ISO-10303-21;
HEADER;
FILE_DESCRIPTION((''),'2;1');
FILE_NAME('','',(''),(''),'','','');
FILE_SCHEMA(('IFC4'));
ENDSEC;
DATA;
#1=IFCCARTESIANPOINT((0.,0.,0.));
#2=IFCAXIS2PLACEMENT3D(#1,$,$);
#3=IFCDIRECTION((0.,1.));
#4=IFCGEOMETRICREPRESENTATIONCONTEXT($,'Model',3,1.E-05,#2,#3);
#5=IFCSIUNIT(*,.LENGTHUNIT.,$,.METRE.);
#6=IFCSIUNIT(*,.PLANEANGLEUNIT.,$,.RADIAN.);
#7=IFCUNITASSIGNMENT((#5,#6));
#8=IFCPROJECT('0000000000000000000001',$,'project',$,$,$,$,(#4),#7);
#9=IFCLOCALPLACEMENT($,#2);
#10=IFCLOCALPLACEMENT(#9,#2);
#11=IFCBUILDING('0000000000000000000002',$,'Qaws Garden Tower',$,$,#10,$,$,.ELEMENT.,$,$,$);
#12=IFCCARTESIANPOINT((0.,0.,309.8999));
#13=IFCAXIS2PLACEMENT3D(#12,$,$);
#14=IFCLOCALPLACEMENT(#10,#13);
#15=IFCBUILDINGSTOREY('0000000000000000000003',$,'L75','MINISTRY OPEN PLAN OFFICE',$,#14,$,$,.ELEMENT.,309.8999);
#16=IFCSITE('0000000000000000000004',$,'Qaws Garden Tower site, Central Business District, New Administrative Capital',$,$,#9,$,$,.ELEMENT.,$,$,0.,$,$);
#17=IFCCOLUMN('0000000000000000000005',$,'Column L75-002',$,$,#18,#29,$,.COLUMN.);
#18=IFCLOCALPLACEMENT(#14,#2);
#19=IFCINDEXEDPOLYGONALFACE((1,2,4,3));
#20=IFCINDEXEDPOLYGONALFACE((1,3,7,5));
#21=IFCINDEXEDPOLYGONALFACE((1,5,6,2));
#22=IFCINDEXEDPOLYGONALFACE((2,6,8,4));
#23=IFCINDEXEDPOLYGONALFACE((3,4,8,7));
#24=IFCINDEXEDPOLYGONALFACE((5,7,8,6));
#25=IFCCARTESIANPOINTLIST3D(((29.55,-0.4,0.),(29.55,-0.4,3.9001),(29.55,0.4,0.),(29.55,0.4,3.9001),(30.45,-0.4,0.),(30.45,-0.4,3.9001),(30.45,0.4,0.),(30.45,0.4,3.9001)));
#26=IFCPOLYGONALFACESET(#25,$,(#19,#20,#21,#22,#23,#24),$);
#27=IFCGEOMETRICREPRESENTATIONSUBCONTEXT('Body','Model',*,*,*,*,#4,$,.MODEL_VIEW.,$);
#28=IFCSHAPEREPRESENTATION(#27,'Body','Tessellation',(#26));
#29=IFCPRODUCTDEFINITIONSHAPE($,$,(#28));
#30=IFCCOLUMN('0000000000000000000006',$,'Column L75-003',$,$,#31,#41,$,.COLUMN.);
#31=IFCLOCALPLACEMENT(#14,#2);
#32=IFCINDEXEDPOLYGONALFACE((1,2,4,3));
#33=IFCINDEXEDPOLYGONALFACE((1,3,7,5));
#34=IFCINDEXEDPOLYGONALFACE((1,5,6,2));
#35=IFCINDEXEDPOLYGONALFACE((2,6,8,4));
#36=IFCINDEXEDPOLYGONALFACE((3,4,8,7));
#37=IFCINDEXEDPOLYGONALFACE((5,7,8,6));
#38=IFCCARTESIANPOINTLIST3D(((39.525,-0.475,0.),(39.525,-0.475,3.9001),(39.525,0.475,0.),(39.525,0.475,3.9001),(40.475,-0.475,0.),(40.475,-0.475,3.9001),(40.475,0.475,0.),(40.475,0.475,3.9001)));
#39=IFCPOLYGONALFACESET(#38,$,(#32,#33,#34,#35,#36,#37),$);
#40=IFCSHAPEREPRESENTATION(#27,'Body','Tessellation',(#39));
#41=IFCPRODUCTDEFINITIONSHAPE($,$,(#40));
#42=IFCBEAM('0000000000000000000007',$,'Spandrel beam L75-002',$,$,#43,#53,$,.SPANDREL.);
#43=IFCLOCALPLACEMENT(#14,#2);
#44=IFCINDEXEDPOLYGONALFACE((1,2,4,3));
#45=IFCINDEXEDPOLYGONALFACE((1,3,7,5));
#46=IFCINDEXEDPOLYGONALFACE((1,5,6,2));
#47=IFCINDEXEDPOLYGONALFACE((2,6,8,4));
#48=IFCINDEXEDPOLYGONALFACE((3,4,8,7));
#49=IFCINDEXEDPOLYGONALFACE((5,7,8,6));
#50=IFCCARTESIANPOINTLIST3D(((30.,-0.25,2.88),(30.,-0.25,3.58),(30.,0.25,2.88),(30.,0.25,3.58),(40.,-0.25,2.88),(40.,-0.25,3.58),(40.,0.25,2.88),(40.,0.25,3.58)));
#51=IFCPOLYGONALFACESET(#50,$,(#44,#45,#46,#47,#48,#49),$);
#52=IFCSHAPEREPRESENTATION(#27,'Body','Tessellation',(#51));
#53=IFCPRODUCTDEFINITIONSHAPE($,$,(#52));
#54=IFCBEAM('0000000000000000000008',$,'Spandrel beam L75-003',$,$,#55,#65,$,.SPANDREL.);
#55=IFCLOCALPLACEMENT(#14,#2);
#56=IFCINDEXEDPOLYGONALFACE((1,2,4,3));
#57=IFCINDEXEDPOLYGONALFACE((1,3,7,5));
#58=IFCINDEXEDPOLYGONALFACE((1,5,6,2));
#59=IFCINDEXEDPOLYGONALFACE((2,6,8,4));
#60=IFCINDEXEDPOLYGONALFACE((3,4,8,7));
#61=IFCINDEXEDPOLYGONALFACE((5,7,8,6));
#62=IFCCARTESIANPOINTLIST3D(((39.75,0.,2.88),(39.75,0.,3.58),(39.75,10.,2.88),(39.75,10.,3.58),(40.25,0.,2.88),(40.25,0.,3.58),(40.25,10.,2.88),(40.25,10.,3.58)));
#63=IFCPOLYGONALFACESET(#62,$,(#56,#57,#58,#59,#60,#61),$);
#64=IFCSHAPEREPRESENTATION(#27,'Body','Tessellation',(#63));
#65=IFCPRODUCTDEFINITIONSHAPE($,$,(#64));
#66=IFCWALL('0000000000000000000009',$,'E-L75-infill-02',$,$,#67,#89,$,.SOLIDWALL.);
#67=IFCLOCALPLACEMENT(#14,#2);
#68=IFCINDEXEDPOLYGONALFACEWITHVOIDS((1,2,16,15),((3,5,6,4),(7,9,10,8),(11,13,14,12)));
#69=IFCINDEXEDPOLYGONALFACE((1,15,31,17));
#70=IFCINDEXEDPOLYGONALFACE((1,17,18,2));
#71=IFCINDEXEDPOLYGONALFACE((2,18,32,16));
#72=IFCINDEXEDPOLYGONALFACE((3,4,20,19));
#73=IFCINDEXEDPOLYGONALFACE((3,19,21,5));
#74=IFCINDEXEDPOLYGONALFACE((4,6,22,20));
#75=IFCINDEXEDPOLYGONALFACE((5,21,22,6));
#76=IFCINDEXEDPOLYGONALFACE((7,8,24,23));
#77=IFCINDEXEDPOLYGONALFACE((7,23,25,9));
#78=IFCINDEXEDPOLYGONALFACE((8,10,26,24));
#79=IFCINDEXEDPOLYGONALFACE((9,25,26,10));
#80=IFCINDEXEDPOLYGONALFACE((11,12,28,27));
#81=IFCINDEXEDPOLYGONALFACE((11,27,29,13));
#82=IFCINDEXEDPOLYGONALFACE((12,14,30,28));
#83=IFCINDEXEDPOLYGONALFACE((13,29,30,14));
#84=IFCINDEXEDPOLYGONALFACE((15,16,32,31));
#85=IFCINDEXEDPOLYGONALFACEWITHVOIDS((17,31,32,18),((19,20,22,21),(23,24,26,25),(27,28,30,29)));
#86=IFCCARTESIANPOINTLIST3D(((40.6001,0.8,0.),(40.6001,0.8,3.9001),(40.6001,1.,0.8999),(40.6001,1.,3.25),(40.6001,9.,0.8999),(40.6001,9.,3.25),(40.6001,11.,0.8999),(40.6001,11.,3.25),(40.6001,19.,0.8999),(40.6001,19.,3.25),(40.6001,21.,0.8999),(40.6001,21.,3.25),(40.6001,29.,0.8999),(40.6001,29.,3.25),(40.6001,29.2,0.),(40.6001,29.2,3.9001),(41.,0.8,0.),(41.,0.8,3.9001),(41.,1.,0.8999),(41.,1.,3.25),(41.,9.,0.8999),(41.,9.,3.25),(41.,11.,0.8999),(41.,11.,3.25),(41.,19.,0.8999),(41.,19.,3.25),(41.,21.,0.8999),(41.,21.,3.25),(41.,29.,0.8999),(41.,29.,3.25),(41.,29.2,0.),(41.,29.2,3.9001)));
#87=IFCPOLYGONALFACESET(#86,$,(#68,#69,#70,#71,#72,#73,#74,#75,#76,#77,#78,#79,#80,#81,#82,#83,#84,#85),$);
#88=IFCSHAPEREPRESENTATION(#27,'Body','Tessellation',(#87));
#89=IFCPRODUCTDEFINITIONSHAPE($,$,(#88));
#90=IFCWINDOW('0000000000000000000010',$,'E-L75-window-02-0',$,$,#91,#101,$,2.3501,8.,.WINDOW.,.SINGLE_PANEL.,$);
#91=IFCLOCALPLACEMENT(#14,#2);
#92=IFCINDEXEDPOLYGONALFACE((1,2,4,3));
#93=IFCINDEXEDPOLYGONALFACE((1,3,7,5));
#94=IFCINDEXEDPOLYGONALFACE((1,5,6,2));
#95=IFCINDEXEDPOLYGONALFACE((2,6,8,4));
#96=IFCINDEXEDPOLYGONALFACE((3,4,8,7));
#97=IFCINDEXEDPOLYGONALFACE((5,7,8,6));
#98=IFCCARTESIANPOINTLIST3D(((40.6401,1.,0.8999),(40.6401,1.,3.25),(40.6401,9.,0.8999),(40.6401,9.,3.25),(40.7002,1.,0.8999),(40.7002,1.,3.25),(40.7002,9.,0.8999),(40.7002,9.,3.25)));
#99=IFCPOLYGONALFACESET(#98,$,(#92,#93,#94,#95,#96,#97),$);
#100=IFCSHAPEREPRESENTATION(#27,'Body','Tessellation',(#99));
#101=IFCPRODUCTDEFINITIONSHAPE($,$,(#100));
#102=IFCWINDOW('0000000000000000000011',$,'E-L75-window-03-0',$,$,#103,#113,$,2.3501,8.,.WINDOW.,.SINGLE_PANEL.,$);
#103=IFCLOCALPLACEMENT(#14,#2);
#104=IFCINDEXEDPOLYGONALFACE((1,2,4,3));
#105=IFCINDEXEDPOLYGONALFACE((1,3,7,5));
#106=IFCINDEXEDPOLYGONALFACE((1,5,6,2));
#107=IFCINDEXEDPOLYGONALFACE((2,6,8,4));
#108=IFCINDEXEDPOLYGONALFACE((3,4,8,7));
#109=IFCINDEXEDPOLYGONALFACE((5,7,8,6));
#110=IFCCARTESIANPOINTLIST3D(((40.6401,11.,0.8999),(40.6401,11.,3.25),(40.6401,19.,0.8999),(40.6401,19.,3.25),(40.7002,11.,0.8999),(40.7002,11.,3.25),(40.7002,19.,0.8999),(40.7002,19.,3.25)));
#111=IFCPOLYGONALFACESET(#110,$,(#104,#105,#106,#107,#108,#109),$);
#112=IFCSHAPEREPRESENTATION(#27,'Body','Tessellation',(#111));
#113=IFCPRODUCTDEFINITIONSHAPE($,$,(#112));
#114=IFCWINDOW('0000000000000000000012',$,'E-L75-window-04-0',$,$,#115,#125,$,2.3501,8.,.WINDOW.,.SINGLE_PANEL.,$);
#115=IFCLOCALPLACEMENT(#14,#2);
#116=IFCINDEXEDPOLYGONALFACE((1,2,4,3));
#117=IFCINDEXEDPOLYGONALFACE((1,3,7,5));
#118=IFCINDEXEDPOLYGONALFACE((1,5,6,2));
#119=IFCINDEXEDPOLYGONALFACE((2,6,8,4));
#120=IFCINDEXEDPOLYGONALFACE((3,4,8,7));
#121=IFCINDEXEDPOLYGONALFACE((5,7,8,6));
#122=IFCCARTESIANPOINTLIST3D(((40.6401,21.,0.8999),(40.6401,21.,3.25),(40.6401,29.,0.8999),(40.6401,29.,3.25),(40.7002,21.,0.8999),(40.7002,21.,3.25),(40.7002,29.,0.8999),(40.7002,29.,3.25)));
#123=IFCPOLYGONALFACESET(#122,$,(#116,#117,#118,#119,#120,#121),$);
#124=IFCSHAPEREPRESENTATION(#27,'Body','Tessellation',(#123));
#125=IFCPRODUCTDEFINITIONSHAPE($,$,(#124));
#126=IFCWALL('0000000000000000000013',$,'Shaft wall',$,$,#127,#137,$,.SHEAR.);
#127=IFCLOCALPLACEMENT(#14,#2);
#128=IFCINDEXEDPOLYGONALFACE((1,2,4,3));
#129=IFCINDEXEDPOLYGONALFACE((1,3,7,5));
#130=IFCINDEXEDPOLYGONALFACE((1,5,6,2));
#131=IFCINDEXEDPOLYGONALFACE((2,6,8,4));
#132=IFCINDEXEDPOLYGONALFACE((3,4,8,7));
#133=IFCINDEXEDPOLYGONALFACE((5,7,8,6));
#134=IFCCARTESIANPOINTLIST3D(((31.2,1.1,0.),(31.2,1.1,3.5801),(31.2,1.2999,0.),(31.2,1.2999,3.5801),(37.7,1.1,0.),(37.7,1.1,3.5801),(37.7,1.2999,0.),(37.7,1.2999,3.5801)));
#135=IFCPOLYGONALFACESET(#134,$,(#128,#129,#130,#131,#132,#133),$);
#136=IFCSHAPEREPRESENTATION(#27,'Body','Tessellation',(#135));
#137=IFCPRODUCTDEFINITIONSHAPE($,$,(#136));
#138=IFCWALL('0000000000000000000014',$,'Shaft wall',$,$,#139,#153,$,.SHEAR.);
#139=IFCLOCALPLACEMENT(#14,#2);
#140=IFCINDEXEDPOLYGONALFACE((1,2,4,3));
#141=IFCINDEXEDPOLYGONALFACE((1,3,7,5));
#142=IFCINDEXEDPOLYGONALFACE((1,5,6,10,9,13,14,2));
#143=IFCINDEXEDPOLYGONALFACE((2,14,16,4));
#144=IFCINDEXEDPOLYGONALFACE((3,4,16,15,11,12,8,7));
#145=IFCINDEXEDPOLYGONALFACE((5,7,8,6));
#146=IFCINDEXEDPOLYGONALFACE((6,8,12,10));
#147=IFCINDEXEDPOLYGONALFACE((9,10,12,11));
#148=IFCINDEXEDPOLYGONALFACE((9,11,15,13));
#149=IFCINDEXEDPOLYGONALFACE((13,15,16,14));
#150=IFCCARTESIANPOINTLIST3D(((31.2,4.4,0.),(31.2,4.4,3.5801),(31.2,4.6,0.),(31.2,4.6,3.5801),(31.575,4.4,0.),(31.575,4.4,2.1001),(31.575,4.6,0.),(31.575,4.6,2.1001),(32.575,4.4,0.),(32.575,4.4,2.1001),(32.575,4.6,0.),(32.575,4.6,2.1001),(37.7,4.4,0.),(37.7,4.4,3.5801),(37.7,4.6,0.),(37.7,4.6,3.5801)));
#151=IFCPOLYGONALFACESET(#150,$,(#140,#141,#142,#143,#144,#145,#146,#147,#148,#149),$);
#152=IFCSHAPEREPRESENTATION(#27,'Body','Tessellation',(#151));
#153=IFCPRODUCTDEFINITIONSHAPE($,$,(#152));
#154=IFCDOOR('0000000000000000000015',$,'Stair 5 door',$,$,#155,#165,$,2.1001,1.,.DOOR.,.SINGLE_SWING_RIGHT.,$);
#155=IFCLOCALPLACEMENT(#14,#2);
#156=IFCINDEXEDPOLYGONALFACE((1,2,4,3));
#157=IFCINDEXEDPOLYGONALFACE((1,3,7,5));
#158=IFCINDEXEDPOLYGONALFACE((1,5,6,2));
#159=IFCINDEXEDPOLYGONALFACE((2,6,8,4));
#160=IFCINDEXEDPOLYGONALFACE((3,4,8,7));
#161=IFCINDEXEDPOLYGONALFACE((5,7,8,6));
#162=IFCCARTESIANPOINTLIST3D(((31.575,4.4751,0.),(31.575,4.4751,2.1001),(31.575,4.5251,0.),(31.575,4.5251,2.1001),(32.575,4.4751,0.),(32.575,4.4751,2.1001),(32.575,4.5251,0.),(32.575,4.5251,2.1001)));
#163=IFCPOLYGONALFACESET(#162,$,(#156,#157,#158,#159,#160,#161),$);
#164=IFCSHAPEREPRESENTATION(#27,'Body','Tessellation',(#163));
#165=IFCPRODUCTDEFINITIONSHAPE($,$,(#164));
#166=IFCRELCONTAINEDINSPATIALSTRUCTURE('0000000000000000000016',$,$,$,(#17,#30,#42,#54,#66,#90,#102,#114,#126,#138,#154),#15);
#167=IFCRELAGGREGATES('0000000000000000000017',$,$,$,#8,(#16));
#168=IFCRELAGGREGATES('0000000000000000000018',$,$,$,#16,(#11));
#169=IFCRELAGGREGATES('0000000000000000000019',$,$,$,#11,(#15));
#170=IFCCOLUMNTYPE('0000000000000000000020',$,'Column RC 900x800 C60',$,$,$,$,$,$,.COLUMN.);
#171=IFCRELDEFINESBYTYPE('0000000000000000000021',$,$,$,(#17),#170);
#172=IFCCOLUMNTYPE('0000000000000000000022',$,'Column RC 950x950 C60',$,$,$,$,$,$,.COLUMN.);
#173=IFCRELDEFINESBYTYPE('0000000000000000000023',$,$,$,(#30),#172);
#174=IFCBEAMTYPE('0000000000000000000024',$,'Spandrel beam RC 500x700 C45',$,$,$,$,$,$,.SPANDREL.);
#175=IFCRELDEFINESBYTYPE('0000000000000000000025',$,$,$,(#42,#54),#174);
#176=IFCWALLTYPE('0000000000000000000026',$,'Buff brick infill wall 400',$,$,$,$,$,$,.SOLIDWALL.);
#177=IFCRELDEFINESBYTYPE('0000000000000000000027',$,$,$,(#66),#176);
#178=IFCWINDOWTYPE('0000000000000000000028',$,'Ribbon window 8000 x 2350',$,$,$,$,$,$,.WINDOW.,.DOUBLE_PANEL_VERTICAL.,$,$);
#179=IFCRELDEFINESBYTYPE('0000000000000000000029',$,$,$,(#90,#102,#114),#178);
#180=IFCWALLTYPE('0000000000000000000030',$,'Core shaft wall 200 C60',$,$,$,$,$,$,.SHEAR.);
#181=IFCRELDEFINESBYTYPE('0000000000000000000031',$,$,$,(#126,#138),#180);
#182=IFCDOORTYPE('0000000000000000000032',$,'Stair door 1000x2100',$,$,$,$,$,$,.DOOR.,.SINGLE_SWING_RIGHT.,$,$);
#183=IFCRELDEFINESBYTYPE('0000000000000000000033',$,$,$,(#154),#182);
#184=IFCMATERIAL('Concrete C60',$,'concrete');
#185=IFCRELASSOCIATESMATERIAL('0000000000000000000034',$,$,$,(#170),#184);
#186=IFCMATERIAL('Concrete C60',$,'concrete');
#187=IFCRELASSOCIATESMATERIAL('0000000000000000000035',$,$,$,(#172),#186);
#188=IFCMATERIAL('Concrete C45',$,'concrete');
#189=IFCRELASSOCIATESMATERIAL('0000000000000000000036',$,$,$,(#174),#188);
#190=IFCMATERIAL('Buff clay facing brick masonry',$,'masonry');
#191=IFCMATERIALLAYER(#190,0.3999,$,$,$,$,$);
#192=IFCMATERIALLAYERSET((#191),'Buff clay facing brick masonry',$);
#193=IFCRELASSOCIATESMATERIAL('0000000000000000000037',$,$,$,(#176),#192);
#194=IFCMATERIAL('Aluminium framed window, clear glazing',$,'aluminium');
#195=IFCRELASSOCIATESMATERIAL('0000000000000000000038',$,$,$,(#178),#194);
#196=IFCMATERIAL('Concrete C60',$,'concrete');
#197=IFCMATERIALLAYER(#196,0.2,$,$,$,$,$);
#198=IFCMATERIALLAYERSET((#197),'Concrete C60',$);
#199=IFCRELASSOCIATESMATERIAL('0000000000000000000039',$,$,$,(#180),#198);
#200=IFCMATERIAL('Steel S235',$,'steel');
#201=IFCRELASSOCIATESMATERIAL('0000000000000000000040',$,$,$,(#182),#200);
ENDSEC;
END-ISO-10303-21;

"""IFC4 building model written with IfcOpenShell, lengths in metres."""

from ifc_helpers import new_model, si_unit, direction, frame, frame_2d, origin, origin_2d, place, context, subcontext, project, spatial, rectangle, extrude, material, layer, layer_set, material_profile, profile_set, type_object, element, fill, save


model = new_model("IFC4")

# Units and contexts
model_context = context("Model", 3, precision=1e-05, world=origin(), true_north=direction((0.0, 1.0)))
body_context = subcontext(model_context, "Body", "Model", "MODEL_VIEW")
ifc_project = project(units=[si_unit("LENGTHUNIT", "METRE"), si_unit("PLANEANGLEUNIT", "RADIAN")], contexts=[model_context])

# Site, building, storey
site_placement = place(None, origin())
site = spatial("IfcSite", under=ifc_project, at=site_placement, Name="Qaws Garden Tower site, Central Business District, New Administrative Capital", CompositionType="ELEMENT", RefElevation=0.0)
building_placement = place(site_placement, origin())
building = spatial("IfcBuilding", under=site, at=building_placement, Name="Qaws Garden Tower", CompositionType="ELEMENT")
storey_placement = place(building_placement, frame((0.0, 0.0, 309.8999)))
storey = spatial("IfcBuildingStorey", under=building, at=storey_placement, Name="L75", Description="MINISTRY OPEN PLAN OFFICE", CompositionType="ELEMENT", Elevation=309.8999)

# Columns
ifc_material_1 = material(Name="Concrete C60", Category="concrete")
ifc_material_profile_1 = material_profile(ifc_material_1, rectangle(XDim=0.8999, YDim=0.8, at=origin_2d()), Name="RC 900x800")
ifc_profile_set_1 = profile_set([ifc_material_profile_1], Name="Concrete C60")
column_type_1 = type_object("IfcColumnType", Name="Column RC 900x800 C60", PredefinedType="COLUMN", material=ifc_profile_set_1)
column_1_placement = place(storey_placement, frame((30.0, 0.0, 0.0), z_axis=(0.0, 0.0, 1.0), x_axis=(1.0, 0.0, 0.0)))
element("IfcColumn", 1, at=column_1_placement, inside=storey, type_object=column_type_1, Name="Column L75-002", PredefinedType="COLUMN", context=body_context, shape_type="SweptSolid", body=[
    extrude(rectangle(XDim=0.8999, YDim=0.8, at=origin_2d()), origin(), (0.0, 0.0, 1.0), 3.9001),
])
ifc_material_2 = material(Name="Concrete C60", Category="concrete")
ifc_material_profile_2 = material_profile(ifc_material_2, rectangle(XDim=0.95, YDim=0.95, at=origin_2d()), Name="RC 950x950")
ifc_profile_set_2 = profile_set([ifc_material_profile_2], Name="Concrete C60")
column_type_2 = type_object("IfcColumnType", Name="Column RC 950x950 C60", PredefinedType="COLUMN", material=ifc_profile_set_2)
column_2_placement = place(storey_placement, frame((40.0, 0.0, 0.0), z_axis=(0.0, 0.0, 1.0), x_axis=(1.0, 0.0, 0.0)))
element("IfcColumn", 2, at=column_2_placement, inside=storey, type_object=column_type_2, Name="Column L75-003", PredefinedType="COLUMN", context=body_context, shape_type="SweptSolid", body=[
    extrude(rectangle(XDim=0.95, YDim=0.95, at=origin_2d()), origin(), (0.0, 0.0, 1.0), 3.9001),
])

# Beams
ifc_material_3 = material(Name="Concrete C45", Category="concrete")
ifc_material_profile_3 = material_profile(ifc_material_3, rectangle(XDim=0.5, YDim=0.7, at=origin_2d()), Name="RC 500x700")
ifc_profile_set_3 = profile_set([ifc_material_profile_3], Name="Concrete C45")
beam_type = type_object("IfcBeamType", Name="Spandrel beam RC 500x700 C45", PredefinedType="SPANDREL", material=ifc_profile_set_3)
for number, where, z_axis, x_axis, name in (
    (3, (30.0, 0.0, 3.23), (1.0, 0.0, 0.0), (0.0, 1.0, 0.0), "Spandrel beam L75-002"),
    (4, (40.0, 0.0, 3.23), (0.0, 1.0, 0.0), (-1.0, 0.0, 0.0), "Spandrel beam L75-003"),
):
    element("IfcBeam", number, at=place(storey_placement, frame(where, z_axis=z_axis, x_axis=x_axis)), inside=storey, type_object=beam_type, Name=name, PredefinedType="SPANDREL", context=body_context, shape_type="SweptSolid", body=[
        extrude(rectangle(XDim=0.5, YDim=0.7, at=origin_2d()), origin(), (0.0, 0.0, 1.0), 10.0),
    ])

# Wall, openings, windows
ifc_material_4 = material(Name="Buff clay facing brick masonry", Category="masonry")
ifc_layer_1 = layer(ifc_material_4, 0.3999)
ifc_layer_set_1 = layer_set([ifc_layer_1], Name="Buff clay facing brick masonry")
wall_type_1 = type_object("IfcWallType", Name="Buff brick infill wall 400", PredefinedType="SOLIDWALL", material=ifc_layer_set_1)
wall_1_placement = place(storey_placement, frame((40.8, 0.8, 0.0), z_axis=(0.0, 0.0, 1.0), x_axis=(0.0, 1.0, 0.0)))
wall_1 = element("IfcWall", 5, at=wall_1_placement, inside=storey, type_object=wall_type_1, Name="E-L75-infill-02", PredefinedType="SOLIDWALL", context=body_context, shape_type="SweptSolid", body=[
    extrude(rectangle(XDim=28.3999, YDim=0.3999, at=frame_2d((14.2, 0.0))), origin(), (0.0, 0.0, 1.0), 3.9001),
])
opening_1_placement = place(wall_1_placement, frame((0.2, 0.0, 0.8999)))
opening_1 = element("IfcOpeningElement", 6, at=opening_1_placement, cuts=wall_1, PredefinedType="OPENING", context=body_context, shape_type="SweptSolid", body=[
    extrude(rectangle(XDim=8.0, YDim=2.3501, at=frame_2d((4.0, 1.175))), frame((0.0, 0.21, 0.0), z_axis=(0.0, -1.0, 0.0), x_axis=(1.0, 0.0, 0.0)), (0.0, 0.0, 1.0), 0.4199),
])
opening_2_placement = place(wall_1_placement, frame((10.2, 0.0, 0.8999)))
opening_2 = element("IfcOpeningElement", 7, at=opening_2_placement, cuts=wall_1, PredefinedType="OPENING", context=body_context, shape_type="SweptSolid", body=[
    extrude(rectangle(XDim=8.0, YDim=2.3501, at=frame_2d((4.0, 1.175))), frame((0.0, 0.21, 0.0), z_axis=(0.0, -1.0, 0.0), x_axis=(1.0, 0.0, 0.0)), (0.0, 0.0, 1.0), 0.4199),
])
opening_3_placement = place(wall_1_placement, frame((20.2, 0.0, 0.8999)))
opening_3 = element("IfcOpeningElement", 8, at=opening_3_placement, cuts=wall_1, PredefinedType="OPENING", context=body_context, shape_type="SweptSolid", body=[
    extrude(rectangle(XDim=8.0, YDim=2.3501, at=frame_2d((4.0, 1.175))), frame((0.0, 0.21, 0.0), z_axis=(0.0, -1.0, 0.0), x_axis=(1.0, 0.0, 0.0)), (0.0, 0.0, 1.0), 0.4199),
])
ifc_material_5 = material(Name="Aluminium framed window, clear glazing", Category="aluminium")
window_type = type_object("IfcWindowType", Name="Ribbon window 8000 x 2350", PartitioningType="DOUBLE_PANEL_VERTICAL", PredefinedType="WINDOW", material=ifc_material_5)
window_1_placement = place(opening_1_placement, origin())
window_1 = element("IfcWindow", 9, at=window_1_placement, inside=storey, type_object=window_type, Name="E-L75-window-02-0", OverallHeight=2.3501, OverallWidth=8.0, PartitioningType="SINGLE_PANEL", PredefinedType="WINDOW", context=body_context, shape_type="SweptSolid", body=[
    extrude(rectangle(XDim=8.0, YDim=2.3501, at=frame_2d((4.0, 1.175))), frame((0.0, 0.1599, 0.0), z_axis=(0.0, -1.0, 0.0), x_axis=(1.0, 0.0, 0.0)), (0.0, 0.0, 1.0), 0.0601),
])
fill(opening_1, window_1)
window_2_placement = place(opening_2_placement, origin())
window_2 = element("IfcWindow", 10, at=window_2_placement, inside=storey, type_object=window_type, Name="E-L75-window-03-0", OverallHeight=2.3501, OverallWidth=8.0, PartitioningType="SINGLE_PANEL", PredefinedType="WINDOW", context=body_context, shape_type="SweptSolid", body=[
    extrude(rectangle(XDim=8.0, YDim=2.3501, at=frame_2d((4.0, 1.175))), frame((0.0, 0.1599, 0.0), z_axis=(0.0, -1.0, 0.0), x_axis=(1.0, 0.0, 0.0)), (0.0, 0.0, 1.0), 0.0601),
])
fill(opening_2, window_2)
window_3_placement = place(opening_3_placement, origin())
window_3 = element("IfcWindow", 11, at=window_3_placement, inside=storey, type_object=window_type, Name="E-L75-window-04-0", OverallHeight=2.3501, OverallWidth=8.0, PartitioningType="SINGLE_PANEL", PredefinedType="WINDOW", context=body_context, shape_type="SweptSolid", body=[
    extrude(rectangle(XDim=8.0, YDim=2.3501, at=frame_2d((4.0, 1.175))), frame((0.0, 0.1599, 0.0), z_axis=(0.0, -1.0, 0.0), x_axis=(1.0, 0.0, 0.0)), (0.0, 0.0, 1.0), 0.0601),
])
fill(opening_3, window_3)

# Wall
ifc_material_6 = material(Name="Concrete C60", Category="concrete")
ifc_layer_2 = layer(ifc_material_6, 0.2)
ifc_layer_set_2 = layer_set([ifc_layer_2], Name="Concrete C60")
wall_type_2 = type_object("IfcWallType", Name="Core shaft wall 200 C60", PredefinedType="SHEAR", material=ifc_layer_set_2)
wall_2_placement = place(storey_placement, frame((31.2, 1.2, 0.0), z_axis=(0.0, 0.0, 1.0), x_axis=(1.0, 0.0, 0.0)))
element("IfcWall", 12, at=wall_2_placement, inside=storey, type_object=wall_type_2, Name="Shaft wall", PredefinedType="SHEAR", context=body_context, shape_type="SweptSolid", body=[
    extrude(rectangle(XDim=6.5, YDim=0.2, at=frame_2d((3.25, 0.0))), origin(), (0.0, 0.0, 1.0), 3.5801),
])

# Wall, opening, door
wall_3_placement = place(storey_placement, frame((31.2, 4.5, 0.0), z_axis=(0.0, 0.0, 1.0), x_axis=(1.0, 0.0, 0.0)))
wall_3 = element("IfcWall", 13, at=wall_3_placement, inside=storey, type_object=wall_type_2, Name="Shaft wall", PredefinedType="SHEAR", context=body_context, shape_type="SweptSolid", body=[
    extrude(rectangle(XDim=6.5, YDim=0.2, at=frame_2d((3.25, 0.0))), origin(), (0.0, 0.0, 1.0), 3.5801),
])
opening_4_placement = place(wall_3_placement, frame((0.375, 0.0, 0.0)))
opening_4 = element("IfcOpeningElement", 14, at=opening_4_placement, cuts=wall_3, PredefinedType="OPENING", context=body_context, shape_type="SweptSolid", body=[
    extrude(rectangle(XDim=1.0, YDim=2.1001, at=frame_2d((0.5, 1.05))), frame((0.0, 0.1099, 0.0), z_axis=(0.0, -1.0, 0.0), x_axis=(1.0, 0.0, 0.0)), (0.0, 0.0, 1.0), 0.22),
])
ifc_material_7 = material(Name="Steel S235", Category="steel")
door_type = type_object("IfcDoorType", Name="Stair door 1000x2100", OperationType="SINGLE_SWING_RIGHT", PredefinedType="DOOR", material=ifc_material_7)
door_placement = place(opening_4_placement, frame((1.0, 0.0, 0.0), z_axis=(0.0, 0.0, 1.0), x_axis=(-1.0, 0.0, 0.0)))
door = element("IfcDoor", 15, at=door_placement, inside=storey, type_object=door_type, Name="Stair 5 door", OperationType="SINGLE_SWING_RIGHT", OverallHeight=2.1001, OverallWidth=1.0, PredefinedType="DOOR", context=body_context, shape_type="SweptSolid", body=[
    extrude(rectangle(XDim=1.0, YDim=2.1001, at=frame_2d((0.5, 1.05))), frame((0.0, 0.0249, 0.0), z_axis=(0.0, -1.0, 0.0), x_axis=(1.0, 0.0, 0.0)), (0.0, 0.0, 1.0), 0.05),
])
fill(opening_4, door)

save(model, "model.ifc")
